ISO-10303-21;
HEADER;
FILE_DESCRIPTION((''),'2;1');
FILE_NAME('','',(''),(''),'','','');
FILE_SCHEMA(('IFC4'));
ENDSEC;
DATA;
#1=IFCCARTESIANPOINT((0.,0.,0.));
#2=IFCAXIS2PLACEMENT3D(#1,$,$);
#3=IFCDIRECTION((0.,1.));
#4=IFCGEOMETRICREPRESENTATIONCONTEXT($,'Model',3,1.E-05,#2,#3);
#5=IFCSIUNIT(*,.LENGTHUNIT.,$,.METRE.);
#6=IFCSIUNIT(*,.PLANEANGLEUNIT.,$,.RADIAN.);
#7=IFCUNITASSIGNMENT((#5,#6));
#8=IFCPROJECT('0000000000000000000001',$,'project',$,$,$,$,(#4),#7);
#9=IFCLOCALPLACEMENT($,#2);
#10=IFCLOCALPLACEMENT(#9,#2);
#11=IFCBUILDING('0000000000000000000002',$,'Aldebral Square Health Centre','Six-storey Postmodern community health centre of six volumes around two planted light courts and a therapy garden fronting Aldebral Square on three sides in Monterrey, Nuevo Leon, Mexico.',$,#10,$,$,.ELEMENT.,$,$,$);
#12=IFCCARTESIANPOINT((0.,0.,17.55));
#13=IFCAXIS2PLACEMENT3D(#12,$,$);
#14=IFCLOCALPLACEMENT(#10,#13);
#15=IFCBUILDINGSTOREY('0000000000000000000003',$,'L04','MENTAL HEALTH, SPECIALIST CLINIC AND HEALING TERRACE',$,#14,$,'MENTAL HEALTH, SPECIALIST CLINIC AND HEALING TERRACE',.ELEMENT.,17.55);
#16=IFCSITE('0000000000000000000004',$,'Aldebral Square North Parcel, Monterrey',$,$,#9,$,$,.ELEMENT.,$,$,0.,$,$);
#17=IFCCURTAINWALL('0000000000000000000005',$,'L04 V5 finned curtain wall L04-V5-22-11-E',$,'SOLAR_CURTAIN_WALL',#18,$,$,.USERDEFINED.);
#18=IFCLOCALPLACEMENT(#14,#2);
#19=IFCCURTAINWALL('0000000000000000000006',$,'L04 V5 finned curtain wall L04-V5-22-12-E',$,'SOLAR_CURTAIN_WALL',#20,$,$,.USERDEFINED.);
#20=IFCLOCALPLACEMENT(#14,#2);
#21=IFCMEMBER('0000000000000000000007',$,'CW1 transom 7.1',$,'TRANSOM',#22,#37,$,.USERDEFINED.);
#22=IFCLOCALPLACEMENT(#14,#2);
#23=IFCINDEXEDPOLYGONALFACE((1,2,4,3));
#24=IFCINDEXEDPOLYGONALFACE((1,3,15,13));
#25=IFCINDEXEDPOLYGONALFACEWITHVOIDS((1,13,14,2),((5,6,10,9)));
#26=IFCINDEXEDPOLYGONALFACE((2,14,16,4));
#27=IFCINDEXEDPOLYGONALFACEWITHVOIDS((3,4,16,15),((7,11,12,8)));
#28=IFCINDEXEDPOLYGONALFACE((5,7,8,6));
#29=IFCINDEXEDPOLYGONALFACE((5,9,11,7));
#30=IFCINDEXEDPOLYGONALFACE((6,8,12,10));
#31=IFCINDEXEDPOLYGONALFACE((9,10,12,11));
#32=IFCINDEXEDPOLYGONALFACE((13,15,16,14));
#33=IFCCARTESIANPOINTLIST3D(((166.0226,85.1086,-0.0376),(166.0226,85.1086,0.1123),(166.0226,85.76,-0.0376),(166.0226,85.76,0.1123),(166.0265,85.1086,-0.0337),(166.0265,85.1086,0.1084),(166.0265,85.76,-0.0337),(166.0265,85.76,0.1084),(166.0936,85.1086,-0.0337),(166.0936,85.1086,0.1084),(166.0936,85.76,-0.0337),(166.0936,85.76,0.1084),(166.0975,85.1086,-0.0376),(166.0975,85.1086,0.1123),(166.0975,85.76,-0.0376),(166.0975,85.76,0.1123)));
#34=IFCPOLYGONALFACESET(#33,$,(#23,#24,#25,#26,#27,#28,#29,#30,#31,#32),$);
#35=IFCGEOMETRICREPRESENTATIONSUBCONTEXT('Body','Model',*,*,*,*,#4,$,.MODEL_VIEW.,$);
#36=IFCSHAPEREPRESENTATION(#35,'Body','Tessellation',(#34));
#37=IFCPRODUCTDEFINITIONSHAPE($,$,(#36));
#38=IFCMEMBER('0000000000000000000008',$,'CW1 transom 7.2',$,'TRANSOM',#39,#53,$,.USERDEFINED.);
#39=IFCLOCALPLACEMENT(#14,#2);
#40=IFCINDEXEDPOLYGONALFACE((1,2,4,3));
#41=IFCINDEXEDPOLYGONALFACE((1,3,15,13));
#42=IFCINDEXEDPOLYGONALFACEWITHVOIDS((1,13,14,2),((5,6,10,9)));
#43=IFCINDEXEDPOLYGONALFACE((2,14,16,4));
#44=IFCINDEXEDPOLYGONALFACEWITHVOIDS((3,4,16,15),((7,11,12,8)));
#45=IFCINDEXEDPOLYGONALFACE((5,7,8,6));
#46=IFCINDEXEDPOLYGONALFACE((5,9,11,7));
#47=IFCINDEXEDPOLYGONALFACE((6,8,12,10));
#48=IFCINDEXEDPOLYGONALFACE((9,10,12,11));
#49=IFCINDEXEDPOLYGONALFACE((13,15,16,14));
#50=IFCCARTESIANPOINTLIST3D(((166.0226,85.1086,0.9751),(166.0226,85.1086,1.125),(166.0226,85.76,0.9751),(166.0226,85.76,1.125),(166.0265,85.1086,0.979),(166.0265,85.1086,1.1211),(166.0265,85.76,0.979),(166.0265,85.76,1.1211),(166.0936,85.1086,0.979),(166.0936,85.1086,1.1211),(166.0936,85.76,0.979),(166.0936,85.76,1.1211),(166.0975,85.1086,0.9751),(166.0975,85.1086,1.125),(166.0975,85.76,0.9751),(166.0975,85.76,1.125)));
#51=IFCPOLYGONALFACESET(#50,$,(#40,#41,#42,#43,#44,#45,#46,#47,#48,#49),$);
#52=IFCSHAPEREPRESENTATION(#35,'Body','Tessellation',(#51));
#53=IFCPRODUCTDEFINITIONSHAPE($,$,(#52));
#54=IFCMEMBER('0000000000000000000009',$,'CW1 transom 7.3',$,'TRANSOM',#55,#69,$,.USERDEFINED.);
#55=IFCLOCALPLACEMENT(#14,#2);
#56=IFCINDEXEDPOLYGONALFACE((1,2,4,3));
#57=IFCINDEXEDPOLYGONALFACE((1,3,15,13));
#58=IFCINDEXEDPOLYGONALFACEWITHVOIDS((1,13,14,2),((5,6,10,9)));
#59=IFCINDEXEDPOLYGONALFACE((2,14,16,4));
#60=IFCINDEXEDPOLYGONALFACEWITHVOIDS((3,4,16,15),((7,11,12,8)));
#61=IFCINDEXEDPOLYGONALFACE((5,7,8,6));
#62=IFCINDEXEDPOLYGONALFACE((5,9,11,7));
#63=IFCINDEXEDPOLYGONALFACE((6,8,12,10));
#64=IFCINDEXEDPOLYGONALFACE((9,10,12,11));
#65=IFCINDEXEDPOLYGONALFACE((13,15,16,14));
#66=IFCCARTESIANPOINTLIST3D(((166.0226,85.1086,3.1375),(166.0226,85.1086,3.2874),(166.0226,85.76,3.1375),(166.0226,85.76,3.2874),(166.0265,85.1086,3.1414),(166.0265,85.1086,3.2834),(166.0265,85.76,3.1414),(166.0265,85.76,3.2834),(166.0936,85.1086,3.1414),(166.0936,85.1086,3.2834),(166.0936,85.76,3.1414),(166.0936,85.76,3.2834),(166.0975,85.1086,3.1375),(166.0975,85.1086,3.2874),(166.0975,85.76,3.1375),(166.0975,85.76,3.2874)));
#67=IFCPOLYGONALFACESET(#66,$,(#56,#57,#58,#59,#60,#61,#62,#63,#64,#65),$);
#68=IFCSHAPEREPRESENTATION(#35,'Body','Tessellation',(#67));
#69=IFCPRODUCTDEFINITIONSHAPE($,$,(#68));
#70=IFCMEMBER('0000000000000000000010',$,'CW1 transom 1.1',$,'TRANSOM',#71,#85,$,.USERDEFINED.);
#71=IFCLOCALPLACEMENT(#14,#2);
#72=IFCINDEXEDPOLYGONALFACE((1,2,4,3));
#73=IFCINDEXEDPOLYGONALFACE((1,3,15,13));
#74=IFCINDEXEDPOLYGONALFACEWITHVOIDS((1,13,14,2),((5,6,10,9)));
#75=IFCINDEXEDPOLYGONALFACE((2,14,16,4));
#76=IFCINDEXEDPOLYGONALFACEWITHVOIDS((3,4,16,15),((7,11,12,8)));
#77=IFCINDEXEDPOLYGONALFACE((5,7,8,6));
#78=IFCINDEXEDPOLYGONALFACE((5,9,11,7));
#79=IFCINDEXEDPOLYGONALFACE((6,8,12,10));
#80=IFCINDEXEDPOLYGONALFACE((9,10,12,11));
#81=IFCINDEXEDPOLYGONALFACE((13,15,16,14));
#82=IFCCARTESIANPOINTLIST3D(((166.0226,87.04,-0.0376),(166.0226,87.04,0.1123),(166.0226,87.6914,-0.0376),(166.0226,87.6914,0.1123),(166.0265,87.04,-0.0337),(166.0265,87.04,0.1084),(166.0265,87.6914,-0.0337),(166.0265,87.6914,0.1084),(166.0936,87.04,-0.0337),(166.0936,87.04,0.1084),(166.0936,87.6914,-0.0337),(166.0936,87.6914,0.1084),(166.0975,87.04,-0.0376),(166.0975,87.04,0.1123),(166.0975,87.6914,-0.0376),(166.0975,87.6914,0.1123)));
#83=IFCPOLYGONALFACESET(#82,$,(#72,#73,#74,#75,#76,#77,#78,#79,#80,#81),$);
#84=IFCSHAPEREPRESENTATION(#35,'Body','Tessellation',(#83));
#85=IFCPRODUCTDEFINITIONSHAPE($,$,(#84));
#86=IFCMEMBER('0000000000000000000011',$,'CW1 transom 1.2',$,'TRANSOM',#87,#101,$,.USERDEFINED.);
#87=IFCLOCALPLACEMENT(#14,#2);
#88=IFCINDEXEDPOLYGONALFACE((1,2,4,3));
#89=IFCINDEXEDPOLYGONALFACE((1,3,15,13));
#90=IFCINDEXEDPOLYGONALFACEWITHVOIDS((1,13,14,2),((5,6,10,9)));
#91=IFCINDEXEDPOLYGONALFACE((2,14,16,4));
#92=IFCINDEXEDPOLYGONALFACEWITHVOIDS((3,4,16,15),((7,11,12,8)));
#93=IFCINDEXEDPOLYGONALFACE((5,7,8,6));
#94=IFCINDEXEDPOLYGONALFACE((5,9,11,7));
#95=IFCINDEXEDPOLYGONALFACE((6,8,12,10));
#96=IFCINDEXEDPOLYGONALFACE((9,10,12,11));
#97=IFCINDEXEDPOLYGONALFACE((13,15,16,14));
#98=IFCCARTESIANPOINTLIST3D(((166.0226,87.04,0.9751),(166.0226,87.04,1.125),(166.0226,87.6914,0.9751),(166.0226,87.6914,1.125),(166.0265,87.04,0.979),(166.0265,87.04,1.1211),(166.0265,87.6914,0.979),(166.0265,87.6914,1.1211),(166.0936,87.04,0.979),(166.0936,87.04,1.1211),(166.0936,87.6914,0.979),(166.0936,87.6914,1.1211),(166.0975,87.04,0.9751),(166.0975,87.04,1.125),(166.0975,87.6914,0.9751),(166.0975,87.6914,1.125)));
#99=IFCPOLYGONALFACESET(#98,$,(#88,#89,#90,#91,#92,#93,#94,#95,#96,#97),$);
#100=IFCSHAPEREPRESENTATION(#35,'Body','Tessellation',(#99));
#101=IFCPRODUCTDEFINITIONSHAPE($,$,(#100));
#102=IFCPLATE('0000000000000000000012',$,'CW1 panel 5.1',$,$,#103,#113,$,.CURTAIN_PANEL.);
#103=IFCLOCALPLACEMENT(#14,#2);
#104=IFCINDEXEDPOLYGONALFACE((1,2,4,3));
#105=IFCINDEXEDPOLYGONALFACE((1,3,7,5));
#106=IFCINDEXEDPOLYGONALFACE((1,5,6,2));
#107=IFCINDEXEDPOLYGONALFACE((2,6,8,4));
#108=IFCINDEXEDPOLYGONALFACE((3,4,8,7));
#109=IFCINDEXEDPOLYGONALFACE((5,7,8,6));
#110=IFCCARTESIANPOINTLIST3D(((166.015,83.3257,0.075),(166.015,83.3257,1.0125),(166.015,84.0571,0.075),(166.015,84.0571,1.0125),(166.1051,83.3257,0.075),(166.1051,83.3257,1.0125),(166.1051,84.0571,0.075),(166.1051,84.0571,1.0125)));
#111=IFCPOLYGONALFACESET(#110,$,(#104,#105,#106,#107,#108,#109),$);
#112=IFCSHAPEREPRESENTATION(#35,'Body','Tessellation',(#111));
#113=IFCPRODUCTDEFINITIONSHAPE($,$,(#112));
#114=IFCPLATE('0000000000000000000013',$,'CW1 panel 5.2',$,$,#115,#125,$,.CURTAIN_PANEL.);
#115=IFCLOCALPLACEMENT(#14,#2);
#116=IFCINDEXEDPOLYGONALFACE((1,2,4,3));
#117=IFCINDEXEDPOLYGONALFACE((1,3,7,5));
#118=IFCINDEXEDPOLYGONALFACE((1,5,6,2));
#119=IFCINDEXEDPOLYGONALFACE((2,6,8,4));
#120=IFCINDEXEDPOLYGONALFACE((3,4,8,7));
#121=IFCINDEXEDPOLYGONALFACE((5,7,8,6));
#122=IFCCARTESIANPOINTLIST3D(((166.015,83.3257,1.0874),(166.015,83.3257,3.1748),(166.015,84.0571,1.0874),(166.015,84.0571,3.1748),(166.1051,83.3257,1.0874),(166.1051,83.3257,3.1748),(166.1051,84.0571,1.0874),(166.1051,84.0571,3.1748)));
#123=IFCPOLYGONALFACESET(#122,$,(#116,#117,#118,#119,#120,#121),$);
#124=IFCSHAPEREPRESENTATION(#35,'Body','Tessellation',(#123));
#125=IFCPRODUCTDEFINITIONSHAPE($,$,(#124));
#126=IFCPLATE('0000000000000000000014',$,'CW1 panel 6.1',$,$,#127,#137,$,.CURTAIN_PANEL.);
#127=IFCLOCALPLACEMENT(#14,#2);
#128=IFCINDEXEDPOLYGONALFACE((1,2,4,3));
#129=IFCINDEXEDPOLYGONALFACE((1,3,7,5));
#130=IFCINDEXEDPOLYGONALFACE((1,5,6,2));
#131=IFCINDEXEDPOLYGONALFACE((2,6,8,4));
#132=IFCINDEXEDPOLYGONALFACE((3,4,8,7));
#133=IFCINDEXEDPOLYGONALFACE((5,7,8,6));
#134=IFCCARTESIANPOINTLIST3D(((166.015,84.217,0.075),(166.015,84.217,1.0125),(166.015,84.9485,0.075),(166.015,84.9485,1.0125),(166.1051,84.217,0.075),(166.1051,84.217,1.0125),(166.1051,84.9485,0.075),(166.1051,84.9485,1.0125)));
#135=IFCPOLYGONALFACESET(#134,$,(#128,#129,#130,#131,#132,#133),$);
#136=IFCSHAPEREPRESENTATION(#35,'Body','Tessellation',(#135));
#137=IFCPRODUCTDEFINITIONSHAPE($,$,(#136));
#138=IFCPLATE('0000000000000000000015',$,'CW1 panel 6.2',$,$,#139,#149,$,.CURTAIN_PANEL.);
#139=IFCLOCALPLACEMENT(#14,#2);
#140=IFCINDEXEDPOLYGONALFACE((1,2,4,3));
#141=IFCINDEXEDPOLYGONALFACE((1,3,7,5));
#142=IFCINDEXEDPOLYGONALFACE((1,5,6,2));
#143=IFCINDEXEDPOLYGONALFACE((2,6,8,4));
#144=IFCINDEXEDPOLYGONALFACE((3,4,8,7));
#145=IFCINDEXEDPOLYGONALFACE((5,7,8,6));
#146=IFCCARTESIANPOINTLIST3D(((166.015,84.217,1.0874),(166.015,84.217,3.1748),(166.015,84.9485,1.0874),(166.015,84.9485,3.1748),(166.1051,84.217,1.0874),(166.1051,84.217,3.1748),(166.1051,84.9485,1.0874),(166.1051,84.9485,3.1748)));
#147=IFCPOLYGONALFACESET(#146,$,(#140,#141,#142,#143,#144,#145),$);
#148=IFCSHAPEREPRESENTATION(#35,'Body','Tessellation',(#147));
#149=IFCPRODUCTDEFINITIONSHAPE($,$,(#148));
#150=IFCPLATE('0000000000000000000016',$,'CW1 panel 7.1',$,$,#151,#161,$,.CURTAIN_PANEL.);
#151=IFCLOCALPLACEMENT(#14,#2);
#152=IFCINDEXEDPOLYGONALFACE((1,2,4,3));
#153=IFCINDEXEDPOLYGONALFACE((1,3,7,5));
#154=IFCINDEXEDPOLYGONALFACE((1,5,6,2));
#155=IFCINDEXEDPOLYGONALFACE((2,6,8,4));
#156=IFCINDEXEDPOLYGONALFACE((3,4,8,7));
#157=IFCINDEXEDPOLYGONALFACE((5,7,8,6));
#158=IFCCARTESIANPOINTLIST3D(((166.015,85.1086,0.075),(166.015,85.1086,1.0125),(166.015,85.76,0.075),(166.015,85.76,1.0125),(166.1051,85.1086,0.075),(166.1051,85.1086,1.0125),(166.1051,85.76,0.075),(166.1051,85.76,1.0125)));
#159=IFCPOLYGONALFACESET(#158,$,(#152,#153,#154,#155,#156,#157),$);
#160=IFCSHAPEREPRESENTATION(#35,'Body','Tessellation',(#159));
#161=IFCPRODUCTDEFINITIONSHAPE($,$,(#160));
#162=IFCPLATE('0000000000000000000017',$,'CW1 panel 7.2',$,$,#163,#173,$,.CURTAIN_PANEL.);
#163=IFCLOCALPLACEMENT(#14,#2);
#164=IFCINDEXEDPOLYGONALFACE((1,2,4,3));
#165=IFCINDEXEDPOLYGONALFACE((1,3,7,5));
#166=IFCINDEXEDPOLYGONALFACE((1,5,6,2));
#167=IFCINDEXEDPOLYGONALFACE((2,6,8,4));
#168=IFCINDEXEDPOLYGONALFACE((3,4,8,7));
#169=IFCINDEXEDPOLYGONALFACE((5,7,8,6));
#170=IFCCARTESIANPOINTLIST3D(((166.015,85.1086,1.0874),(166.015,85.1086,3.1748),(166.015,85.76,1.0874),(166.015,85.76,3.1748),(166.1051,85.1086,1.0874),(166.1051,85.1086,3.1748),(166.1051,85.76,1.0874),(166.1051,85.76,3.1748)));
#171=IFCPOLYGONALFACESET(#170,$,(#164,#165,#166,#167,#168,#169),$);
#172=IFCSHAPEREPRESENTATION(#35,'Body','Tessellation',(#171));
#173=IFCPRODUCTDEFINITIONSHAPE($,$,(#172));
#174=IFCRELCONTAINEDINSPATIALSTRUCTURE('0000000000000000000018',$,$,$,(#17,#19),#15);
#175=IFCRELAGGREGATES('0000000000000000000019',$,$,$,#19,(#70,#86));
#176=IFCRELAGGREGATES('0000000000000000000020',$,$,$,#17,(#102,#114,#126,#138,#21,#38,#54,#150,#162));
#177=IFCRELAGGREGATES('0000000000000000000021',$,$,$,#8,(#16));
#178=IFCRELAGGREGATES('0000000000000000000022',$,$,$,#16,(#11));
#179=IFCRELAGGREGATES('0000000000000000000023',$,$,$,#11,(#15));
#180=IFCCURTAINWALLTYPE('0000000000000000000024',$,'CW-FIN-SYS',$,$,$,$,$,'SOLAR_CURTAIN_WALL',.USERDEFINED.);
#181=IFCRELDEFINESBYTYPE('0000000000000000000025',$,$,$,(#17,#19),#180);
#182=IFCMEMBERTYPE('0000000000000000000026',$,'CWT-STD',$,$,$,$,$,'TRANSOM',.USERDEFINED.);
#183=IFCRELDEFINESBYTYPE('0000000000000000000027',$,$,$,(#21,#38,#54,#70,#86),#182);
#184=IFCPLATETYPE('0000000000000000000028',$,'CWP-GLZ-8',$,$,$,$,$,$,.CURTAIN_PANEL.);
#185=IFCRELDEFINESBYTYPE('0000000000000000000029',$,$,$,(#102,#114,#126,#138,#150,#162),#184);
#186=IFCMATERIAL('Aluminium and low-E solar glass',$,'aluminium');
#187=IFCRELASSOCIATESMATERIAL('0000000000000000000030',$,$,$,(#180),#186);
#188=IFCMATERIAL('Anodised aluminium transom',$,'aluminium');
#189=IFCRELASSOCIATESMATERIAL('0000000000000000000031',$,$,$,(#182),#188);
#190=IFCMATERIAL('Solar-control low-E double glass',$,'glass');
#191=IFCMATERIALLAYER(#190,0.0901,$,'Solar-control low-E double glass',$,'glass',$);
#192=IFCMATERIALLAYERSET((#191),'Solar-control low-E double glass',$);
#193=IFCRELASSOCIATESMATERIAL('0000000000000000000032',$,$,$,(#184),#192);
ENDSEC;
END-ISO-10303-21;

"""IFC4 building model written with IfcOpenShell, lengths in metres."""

from ifc_helpers import new_model, si_unit, direction, frame, origin, origin_2d, place, context, subcontext, project, spatial, rectangle, hollow_rectangle, extrude, material, layer, layer_set, material_profile, profile_set, type_object, element, aggregate, save


model = new_model("IFC4")

# Units and contexts
model_context = context("Model", 3, precision=1e-05, world=origin(), true_north=direction((0.0, 1.0)))
body_context = subcontext(model_context, "Body", "Model", "MODEL_VIEW")
ifc_project = project(units=[si_unit("LENGTHUNIT", "METRE"), si_unit("PLANEANGLEUNIT", "RADIAN")], contexts=[model_context])

# Site, building, storey
site_placement = place(None, origin())
site = spatial("IfcSite", under=ifc_project, at=site_placement, Name="Aldebral Square North Parcel, Monterrey", CompositionType="ELEMENT", RefElevation=0.0)
building_placement = place(site_placement, origin())
building = spatial("IfcBuilding", under=site, at=building_placement, Name="Aldebral Square Health Centre", Description="Six-storey Postmodern community health centre of six volumes around two planted light courts and a therapy garden fronting Aldebral Square on three sides in Monterrey, Nuevo Leon, Mexico.", CompositionType="ELEMENT")
storey_placement = place(building_placement, frame((0.0, 0.0, 17.55)))
storey = spatial("IfcBuildingStorey", under=building, at=storey_placement, Name="L04", Description="MENTAL HEALTH, SPECIALIST CLINIC AND HEALING TERRACE", LongName="MENTAL HEALTH, SPECIALIST CLINIC AND HEALING TERRACE", CompositionType="ELEMENT", Elevation=17.55)

# Curtain wall
ifc_material_1 = material(Name="Aluminium and low-E solar glass", Category="aluminium")
curtain_wall_type = type_object("IfcCurtainWallType", Name="CW-FIN-SYS", ElementType="SOLAR_CURTAIN_WALL", PredefinedType="USERDEFINED", material=ifc_material_1)
curtain_wall_1_placement = place(storey_placement, origin())
curtain_wall_1 = element("IfcCurtainWall", 1, at=curtain_wall_1_placement, inside=storey, type_object=curtain_wall_type, Name="L04 V5 finned curtain wall L04-V5-22-11-E", ObjectType="SOLAR_CURTAIN_WALL", PredefinedType="USERDEFINED")

# Curtain wall
curtain_wall_2_placement = place(storey_placement, origin())
curtain_wall_2 = element("IfcCurtainWall", 2, at=curtain_wall_2_placement, inside=storey, type_object=curtain_wall_type, Name="L04 V5 finned curtain wall L04-V5-22-12-E", ObjectType="SOLAR_CURTAIN_WALL", PredefinedType="USERDEFINED")

# Members
ifc_material_2 = material(Name="Anodised aluminium transom", Category="aluminium")
ifc_material_profile_1 = material_profile(ifc_material_2, hollow_rectangle(XDim=0.075, YDim=0.1499, WallThickness=0.0039, at=origin_2d()), Name="CWT 75x150x4")
ifc_profile_set_1 = profile_set([ifc_material_profile_1], Name="Anodised aluminium transom")
member_type_1 = type_object("IfcMemberType", Name="CWT-STD", ElementType="TRANSOM", PredefinedType="USERDEFINED", material=ifc_profile_set_1)
member_1_placement = place(storey_placement, frame((166.0601, 85.1086, 0.0374), z_axis=(0.0, 1.0, 0.0), x_axis=(-1.0, 0.0, 0.0)))
member_1 = element("IfcMember", 3, at=member_1_placement, type_object=member_type_1, Name="CW1 transom 7.1", ObjectType="TRANSOM", PredefinedType="USERDEFINED", context=body_context, shape_type="SweptSolid", body=[
    extrude(hollow_rectangle(XDim=0.075, YDim=0.1499, WallThickness=0.0039, at=origin_2d()), origin(), (0.0, 0.0, 1.0), 0.6514),
])
member_2_placement = place(storey_placement, frame((166.0601, 85.1086, 1.05), z_axis=(0.0, 1.0, 0.0), x_axis=(-1.0, 0.0, 0.0)))
member_2 = element("IfcMember", 4, at=member_2_placement, type_object=member_type_1, Name="CW1 transom 7.2", ObjectType="TRANSOM", PredefinedType="USERDEFINED", context=body_context, shape_type="SweptSolid", body=[
    extrude(hollow_rectangle(XDim=0.075, YDim=0.1499, WallThickness=0.0039, at=origin_2d()), origin(), (0.0, 0.0, 1.0), 0.6514),
])
member_3_placement = place(storey_placement, frame((166.0601, 85.1086, 3.2124), z_axis=(0.0, 1.0, 0.0), x_axis=(-1.0, 0.0, 0.0)))
member_3 = element("IfcMember", 5, at=member_3_placement, type_object=member_type_1, Name="CW1 transom 7.3", ObjectType="TRANSOM", PredefinedType="USERDEFINED", context=body_context, shape_type="SweptSolid", body=[
    extrude(hollow_rectangle(XDim=0.075, YDim=0.1499, WallThickness=0.0039, at=origin_2d()), origin(), (0.0, 0.0, 1.0), 0.6514),
])
member_4_placement = place(storey_placement, frame((166.0601, 87.04, 0.0374), z_axis=(0.0, 1.0, 0.0), x_axis=(-1.0, 0.0, 0.0)))
member_4 = element("IfcMember", 6, at=member_4_placement, type_object=member_type_1, Name="CW1 transom 1.1", ObjectType="TRANSOM", PredefinedType="USERDEFINED", context=body_context, shape_type="SweptSolid", body=[
    extrude(hollow_rectangle(XDim=0.075, YDim=0.1499, WallThickness=0.0039, at=origin_2d()), origin(), (0.0, 0.0, 1.0), 0.6514),
])
member_5_placement = place(storey_placement, frame((166.0601, 87.04, 1.05), z_axis=(0.0, 1.0, 0.0), x_axis=(-1.0, 0.0, 0.0)))
member_5 = element("IfcMember", 7, at=member_5_placement, type_object=member_type_1, Name="CW1 transom 1.2", ObjectType="TRANSOM", PredefinedType="USERDEFINED", context=body_context, shape_type="SweptSolid", body=[
    extrude(hollow_rectangle(XDim=0.075, YDim=0.1499, WallThickness=0.0039, at=origin_2d()), origin(), (0.0, 0.0, 1.0), 0.6514),
])
aggregate(curtain_wall_2, [member_4, member_5])

# Plates
ifc_material_3 = material(Name="Solar-control low-E double glass", Category="glass")
ifc_layer = layer(ifc_material_3, 0.0901, Name="Solar-control low-E double glass", Category="glass")
ifc_layer_set = layer_set([ifc_layer], Name="Solar-control low-E double glass")
plate_type = type_object("IfcPlateType", Name="CWP-GLZ-8", PredefinedType="CURTAIN_PANEL", material=ifc_layer_set)
plate_1_placement = place(storey_placement, frame((166.0601, 83.6914, 0.075), z_axis=(0.0, 0.0, 1.0), x_axis=(0.0, 1.0, 0.0)))
plate_1 = element("IfcPlate", 8, at=plate_1_placement, type_object=plate_type, Name="CW1 panel 5.1", PredefinedType="CURTAIN_PANEL", context=body_context, shape_type="SweptSolid", body=[
    extrude(rectangle(XDim=0.7314, YDim=0.0901, at=origin_2d()), origin(), (0.0, 0.0, 1.0), 0.9375),
])
plate_2_placement = place(storey_placement, frame((166.0601, 83.6914, 1.0874), z_axis=(0.0, 0.0, 1.0), x_axis=(0.0, 1.0, 0.0)))
plate_2 = element("IfcPlate", 9, at=plate_2_placement, type_object=plate_type, Name="CW1 panel 5.2", PredefinedType="CURTAIN_PANEL", context=body_context, shape_type="SweptSolid", body=[
    extrude(rectangle(XDim=0.7314, YDim=0.0901, at=origin_2d()), origin(), (0.0, 0.0, 1.0), 2.0874),
])
plate_3_placement = place(storey_placement, frame((166.0601, 84.5828, 0.075), z_axis=(0.0, 0.0, 1.0), x_axis=(0.0, 1.0, 0.0)))
plate_3 = element("IfcPlate", 10, at=plate_3_placement, type_object=plate_type, Name="CW1 panel 6.1", PredefinedType="CURTAIN_PANEL", context=body_context, shape_type="SweptSolid", body=[
    extrude(rectangle(XDim=0.7314, YDim=0.0901, at=origin_2d()), origin(), (0.0, 0.0, 1.0), 0.9375),
])
plate_4_placement = place(storey_placement, frame((166.0601, 84.5828, 1.0874), z_axis=(0.0, 0.0, 1.0), x_axis=(0.0, 1.0, 0.0)))
plate_4 = element("IfcPlate", 11, at=plate_4_placement, type_object=plate_type, Name="CW1 panel 6.2", PredefinedType="CURTAIN_PANEL", context=body_context, shape_type="SweptSolid", body=[
    extrude(rectangle(XDim=0.7314, YDim=0.0901, at=origin_2d()), origin(), (0.0, 0.0, 1.0), 2.0874),
])
plate_5_placement = place(storey_placement, frame((166.0601, 85.4343, 0.075), z_axis=(0.0, 0.0, 1.0), x_axis=(0.0, 1.0, 0.0)))
plate_5 = element("IfcPlate", 12, at=plate_5_placement, type_object=plate_type, Name="CW1 panel 7.1", PredefinedType="CURTAIN_PANEL", context=body_context, shape_type="SweptSolid", body=[
    extrude(rectangle(XDim=0.6514, YDim=0.0901, at=origin_2d()), origin(), (0.0, 0.0, 1.0), 0.9375),
])
plate_6_placement = place(storey_placement, frame((166.0601, 85.4343, 1.0874), z_axis=(0.0, 0.0, 1.0), x_axis=(0.0, 1.0, 0.0)))
plate_6 = element("IfcPlate", 13, at=plate_6_placement, type_object=plate_type, Name="CW1 panel 7.2", PredefinedType="CURTAIN_PANEL", context=body_context, shape_type="SweptSolid", body=[
    extrude(rectangle(XDim=0.6514, YDim=0.0901, at=origin_2d()), origin(), (0.0, 0.0, 1.0), 2.0874),
])
aggregate(curtain_wall_1, [plate_1, plate_2, plate_3, plate_4, member_1, member_2, member_3, plate_5, plate_6])

save(model, "model.ifc")
